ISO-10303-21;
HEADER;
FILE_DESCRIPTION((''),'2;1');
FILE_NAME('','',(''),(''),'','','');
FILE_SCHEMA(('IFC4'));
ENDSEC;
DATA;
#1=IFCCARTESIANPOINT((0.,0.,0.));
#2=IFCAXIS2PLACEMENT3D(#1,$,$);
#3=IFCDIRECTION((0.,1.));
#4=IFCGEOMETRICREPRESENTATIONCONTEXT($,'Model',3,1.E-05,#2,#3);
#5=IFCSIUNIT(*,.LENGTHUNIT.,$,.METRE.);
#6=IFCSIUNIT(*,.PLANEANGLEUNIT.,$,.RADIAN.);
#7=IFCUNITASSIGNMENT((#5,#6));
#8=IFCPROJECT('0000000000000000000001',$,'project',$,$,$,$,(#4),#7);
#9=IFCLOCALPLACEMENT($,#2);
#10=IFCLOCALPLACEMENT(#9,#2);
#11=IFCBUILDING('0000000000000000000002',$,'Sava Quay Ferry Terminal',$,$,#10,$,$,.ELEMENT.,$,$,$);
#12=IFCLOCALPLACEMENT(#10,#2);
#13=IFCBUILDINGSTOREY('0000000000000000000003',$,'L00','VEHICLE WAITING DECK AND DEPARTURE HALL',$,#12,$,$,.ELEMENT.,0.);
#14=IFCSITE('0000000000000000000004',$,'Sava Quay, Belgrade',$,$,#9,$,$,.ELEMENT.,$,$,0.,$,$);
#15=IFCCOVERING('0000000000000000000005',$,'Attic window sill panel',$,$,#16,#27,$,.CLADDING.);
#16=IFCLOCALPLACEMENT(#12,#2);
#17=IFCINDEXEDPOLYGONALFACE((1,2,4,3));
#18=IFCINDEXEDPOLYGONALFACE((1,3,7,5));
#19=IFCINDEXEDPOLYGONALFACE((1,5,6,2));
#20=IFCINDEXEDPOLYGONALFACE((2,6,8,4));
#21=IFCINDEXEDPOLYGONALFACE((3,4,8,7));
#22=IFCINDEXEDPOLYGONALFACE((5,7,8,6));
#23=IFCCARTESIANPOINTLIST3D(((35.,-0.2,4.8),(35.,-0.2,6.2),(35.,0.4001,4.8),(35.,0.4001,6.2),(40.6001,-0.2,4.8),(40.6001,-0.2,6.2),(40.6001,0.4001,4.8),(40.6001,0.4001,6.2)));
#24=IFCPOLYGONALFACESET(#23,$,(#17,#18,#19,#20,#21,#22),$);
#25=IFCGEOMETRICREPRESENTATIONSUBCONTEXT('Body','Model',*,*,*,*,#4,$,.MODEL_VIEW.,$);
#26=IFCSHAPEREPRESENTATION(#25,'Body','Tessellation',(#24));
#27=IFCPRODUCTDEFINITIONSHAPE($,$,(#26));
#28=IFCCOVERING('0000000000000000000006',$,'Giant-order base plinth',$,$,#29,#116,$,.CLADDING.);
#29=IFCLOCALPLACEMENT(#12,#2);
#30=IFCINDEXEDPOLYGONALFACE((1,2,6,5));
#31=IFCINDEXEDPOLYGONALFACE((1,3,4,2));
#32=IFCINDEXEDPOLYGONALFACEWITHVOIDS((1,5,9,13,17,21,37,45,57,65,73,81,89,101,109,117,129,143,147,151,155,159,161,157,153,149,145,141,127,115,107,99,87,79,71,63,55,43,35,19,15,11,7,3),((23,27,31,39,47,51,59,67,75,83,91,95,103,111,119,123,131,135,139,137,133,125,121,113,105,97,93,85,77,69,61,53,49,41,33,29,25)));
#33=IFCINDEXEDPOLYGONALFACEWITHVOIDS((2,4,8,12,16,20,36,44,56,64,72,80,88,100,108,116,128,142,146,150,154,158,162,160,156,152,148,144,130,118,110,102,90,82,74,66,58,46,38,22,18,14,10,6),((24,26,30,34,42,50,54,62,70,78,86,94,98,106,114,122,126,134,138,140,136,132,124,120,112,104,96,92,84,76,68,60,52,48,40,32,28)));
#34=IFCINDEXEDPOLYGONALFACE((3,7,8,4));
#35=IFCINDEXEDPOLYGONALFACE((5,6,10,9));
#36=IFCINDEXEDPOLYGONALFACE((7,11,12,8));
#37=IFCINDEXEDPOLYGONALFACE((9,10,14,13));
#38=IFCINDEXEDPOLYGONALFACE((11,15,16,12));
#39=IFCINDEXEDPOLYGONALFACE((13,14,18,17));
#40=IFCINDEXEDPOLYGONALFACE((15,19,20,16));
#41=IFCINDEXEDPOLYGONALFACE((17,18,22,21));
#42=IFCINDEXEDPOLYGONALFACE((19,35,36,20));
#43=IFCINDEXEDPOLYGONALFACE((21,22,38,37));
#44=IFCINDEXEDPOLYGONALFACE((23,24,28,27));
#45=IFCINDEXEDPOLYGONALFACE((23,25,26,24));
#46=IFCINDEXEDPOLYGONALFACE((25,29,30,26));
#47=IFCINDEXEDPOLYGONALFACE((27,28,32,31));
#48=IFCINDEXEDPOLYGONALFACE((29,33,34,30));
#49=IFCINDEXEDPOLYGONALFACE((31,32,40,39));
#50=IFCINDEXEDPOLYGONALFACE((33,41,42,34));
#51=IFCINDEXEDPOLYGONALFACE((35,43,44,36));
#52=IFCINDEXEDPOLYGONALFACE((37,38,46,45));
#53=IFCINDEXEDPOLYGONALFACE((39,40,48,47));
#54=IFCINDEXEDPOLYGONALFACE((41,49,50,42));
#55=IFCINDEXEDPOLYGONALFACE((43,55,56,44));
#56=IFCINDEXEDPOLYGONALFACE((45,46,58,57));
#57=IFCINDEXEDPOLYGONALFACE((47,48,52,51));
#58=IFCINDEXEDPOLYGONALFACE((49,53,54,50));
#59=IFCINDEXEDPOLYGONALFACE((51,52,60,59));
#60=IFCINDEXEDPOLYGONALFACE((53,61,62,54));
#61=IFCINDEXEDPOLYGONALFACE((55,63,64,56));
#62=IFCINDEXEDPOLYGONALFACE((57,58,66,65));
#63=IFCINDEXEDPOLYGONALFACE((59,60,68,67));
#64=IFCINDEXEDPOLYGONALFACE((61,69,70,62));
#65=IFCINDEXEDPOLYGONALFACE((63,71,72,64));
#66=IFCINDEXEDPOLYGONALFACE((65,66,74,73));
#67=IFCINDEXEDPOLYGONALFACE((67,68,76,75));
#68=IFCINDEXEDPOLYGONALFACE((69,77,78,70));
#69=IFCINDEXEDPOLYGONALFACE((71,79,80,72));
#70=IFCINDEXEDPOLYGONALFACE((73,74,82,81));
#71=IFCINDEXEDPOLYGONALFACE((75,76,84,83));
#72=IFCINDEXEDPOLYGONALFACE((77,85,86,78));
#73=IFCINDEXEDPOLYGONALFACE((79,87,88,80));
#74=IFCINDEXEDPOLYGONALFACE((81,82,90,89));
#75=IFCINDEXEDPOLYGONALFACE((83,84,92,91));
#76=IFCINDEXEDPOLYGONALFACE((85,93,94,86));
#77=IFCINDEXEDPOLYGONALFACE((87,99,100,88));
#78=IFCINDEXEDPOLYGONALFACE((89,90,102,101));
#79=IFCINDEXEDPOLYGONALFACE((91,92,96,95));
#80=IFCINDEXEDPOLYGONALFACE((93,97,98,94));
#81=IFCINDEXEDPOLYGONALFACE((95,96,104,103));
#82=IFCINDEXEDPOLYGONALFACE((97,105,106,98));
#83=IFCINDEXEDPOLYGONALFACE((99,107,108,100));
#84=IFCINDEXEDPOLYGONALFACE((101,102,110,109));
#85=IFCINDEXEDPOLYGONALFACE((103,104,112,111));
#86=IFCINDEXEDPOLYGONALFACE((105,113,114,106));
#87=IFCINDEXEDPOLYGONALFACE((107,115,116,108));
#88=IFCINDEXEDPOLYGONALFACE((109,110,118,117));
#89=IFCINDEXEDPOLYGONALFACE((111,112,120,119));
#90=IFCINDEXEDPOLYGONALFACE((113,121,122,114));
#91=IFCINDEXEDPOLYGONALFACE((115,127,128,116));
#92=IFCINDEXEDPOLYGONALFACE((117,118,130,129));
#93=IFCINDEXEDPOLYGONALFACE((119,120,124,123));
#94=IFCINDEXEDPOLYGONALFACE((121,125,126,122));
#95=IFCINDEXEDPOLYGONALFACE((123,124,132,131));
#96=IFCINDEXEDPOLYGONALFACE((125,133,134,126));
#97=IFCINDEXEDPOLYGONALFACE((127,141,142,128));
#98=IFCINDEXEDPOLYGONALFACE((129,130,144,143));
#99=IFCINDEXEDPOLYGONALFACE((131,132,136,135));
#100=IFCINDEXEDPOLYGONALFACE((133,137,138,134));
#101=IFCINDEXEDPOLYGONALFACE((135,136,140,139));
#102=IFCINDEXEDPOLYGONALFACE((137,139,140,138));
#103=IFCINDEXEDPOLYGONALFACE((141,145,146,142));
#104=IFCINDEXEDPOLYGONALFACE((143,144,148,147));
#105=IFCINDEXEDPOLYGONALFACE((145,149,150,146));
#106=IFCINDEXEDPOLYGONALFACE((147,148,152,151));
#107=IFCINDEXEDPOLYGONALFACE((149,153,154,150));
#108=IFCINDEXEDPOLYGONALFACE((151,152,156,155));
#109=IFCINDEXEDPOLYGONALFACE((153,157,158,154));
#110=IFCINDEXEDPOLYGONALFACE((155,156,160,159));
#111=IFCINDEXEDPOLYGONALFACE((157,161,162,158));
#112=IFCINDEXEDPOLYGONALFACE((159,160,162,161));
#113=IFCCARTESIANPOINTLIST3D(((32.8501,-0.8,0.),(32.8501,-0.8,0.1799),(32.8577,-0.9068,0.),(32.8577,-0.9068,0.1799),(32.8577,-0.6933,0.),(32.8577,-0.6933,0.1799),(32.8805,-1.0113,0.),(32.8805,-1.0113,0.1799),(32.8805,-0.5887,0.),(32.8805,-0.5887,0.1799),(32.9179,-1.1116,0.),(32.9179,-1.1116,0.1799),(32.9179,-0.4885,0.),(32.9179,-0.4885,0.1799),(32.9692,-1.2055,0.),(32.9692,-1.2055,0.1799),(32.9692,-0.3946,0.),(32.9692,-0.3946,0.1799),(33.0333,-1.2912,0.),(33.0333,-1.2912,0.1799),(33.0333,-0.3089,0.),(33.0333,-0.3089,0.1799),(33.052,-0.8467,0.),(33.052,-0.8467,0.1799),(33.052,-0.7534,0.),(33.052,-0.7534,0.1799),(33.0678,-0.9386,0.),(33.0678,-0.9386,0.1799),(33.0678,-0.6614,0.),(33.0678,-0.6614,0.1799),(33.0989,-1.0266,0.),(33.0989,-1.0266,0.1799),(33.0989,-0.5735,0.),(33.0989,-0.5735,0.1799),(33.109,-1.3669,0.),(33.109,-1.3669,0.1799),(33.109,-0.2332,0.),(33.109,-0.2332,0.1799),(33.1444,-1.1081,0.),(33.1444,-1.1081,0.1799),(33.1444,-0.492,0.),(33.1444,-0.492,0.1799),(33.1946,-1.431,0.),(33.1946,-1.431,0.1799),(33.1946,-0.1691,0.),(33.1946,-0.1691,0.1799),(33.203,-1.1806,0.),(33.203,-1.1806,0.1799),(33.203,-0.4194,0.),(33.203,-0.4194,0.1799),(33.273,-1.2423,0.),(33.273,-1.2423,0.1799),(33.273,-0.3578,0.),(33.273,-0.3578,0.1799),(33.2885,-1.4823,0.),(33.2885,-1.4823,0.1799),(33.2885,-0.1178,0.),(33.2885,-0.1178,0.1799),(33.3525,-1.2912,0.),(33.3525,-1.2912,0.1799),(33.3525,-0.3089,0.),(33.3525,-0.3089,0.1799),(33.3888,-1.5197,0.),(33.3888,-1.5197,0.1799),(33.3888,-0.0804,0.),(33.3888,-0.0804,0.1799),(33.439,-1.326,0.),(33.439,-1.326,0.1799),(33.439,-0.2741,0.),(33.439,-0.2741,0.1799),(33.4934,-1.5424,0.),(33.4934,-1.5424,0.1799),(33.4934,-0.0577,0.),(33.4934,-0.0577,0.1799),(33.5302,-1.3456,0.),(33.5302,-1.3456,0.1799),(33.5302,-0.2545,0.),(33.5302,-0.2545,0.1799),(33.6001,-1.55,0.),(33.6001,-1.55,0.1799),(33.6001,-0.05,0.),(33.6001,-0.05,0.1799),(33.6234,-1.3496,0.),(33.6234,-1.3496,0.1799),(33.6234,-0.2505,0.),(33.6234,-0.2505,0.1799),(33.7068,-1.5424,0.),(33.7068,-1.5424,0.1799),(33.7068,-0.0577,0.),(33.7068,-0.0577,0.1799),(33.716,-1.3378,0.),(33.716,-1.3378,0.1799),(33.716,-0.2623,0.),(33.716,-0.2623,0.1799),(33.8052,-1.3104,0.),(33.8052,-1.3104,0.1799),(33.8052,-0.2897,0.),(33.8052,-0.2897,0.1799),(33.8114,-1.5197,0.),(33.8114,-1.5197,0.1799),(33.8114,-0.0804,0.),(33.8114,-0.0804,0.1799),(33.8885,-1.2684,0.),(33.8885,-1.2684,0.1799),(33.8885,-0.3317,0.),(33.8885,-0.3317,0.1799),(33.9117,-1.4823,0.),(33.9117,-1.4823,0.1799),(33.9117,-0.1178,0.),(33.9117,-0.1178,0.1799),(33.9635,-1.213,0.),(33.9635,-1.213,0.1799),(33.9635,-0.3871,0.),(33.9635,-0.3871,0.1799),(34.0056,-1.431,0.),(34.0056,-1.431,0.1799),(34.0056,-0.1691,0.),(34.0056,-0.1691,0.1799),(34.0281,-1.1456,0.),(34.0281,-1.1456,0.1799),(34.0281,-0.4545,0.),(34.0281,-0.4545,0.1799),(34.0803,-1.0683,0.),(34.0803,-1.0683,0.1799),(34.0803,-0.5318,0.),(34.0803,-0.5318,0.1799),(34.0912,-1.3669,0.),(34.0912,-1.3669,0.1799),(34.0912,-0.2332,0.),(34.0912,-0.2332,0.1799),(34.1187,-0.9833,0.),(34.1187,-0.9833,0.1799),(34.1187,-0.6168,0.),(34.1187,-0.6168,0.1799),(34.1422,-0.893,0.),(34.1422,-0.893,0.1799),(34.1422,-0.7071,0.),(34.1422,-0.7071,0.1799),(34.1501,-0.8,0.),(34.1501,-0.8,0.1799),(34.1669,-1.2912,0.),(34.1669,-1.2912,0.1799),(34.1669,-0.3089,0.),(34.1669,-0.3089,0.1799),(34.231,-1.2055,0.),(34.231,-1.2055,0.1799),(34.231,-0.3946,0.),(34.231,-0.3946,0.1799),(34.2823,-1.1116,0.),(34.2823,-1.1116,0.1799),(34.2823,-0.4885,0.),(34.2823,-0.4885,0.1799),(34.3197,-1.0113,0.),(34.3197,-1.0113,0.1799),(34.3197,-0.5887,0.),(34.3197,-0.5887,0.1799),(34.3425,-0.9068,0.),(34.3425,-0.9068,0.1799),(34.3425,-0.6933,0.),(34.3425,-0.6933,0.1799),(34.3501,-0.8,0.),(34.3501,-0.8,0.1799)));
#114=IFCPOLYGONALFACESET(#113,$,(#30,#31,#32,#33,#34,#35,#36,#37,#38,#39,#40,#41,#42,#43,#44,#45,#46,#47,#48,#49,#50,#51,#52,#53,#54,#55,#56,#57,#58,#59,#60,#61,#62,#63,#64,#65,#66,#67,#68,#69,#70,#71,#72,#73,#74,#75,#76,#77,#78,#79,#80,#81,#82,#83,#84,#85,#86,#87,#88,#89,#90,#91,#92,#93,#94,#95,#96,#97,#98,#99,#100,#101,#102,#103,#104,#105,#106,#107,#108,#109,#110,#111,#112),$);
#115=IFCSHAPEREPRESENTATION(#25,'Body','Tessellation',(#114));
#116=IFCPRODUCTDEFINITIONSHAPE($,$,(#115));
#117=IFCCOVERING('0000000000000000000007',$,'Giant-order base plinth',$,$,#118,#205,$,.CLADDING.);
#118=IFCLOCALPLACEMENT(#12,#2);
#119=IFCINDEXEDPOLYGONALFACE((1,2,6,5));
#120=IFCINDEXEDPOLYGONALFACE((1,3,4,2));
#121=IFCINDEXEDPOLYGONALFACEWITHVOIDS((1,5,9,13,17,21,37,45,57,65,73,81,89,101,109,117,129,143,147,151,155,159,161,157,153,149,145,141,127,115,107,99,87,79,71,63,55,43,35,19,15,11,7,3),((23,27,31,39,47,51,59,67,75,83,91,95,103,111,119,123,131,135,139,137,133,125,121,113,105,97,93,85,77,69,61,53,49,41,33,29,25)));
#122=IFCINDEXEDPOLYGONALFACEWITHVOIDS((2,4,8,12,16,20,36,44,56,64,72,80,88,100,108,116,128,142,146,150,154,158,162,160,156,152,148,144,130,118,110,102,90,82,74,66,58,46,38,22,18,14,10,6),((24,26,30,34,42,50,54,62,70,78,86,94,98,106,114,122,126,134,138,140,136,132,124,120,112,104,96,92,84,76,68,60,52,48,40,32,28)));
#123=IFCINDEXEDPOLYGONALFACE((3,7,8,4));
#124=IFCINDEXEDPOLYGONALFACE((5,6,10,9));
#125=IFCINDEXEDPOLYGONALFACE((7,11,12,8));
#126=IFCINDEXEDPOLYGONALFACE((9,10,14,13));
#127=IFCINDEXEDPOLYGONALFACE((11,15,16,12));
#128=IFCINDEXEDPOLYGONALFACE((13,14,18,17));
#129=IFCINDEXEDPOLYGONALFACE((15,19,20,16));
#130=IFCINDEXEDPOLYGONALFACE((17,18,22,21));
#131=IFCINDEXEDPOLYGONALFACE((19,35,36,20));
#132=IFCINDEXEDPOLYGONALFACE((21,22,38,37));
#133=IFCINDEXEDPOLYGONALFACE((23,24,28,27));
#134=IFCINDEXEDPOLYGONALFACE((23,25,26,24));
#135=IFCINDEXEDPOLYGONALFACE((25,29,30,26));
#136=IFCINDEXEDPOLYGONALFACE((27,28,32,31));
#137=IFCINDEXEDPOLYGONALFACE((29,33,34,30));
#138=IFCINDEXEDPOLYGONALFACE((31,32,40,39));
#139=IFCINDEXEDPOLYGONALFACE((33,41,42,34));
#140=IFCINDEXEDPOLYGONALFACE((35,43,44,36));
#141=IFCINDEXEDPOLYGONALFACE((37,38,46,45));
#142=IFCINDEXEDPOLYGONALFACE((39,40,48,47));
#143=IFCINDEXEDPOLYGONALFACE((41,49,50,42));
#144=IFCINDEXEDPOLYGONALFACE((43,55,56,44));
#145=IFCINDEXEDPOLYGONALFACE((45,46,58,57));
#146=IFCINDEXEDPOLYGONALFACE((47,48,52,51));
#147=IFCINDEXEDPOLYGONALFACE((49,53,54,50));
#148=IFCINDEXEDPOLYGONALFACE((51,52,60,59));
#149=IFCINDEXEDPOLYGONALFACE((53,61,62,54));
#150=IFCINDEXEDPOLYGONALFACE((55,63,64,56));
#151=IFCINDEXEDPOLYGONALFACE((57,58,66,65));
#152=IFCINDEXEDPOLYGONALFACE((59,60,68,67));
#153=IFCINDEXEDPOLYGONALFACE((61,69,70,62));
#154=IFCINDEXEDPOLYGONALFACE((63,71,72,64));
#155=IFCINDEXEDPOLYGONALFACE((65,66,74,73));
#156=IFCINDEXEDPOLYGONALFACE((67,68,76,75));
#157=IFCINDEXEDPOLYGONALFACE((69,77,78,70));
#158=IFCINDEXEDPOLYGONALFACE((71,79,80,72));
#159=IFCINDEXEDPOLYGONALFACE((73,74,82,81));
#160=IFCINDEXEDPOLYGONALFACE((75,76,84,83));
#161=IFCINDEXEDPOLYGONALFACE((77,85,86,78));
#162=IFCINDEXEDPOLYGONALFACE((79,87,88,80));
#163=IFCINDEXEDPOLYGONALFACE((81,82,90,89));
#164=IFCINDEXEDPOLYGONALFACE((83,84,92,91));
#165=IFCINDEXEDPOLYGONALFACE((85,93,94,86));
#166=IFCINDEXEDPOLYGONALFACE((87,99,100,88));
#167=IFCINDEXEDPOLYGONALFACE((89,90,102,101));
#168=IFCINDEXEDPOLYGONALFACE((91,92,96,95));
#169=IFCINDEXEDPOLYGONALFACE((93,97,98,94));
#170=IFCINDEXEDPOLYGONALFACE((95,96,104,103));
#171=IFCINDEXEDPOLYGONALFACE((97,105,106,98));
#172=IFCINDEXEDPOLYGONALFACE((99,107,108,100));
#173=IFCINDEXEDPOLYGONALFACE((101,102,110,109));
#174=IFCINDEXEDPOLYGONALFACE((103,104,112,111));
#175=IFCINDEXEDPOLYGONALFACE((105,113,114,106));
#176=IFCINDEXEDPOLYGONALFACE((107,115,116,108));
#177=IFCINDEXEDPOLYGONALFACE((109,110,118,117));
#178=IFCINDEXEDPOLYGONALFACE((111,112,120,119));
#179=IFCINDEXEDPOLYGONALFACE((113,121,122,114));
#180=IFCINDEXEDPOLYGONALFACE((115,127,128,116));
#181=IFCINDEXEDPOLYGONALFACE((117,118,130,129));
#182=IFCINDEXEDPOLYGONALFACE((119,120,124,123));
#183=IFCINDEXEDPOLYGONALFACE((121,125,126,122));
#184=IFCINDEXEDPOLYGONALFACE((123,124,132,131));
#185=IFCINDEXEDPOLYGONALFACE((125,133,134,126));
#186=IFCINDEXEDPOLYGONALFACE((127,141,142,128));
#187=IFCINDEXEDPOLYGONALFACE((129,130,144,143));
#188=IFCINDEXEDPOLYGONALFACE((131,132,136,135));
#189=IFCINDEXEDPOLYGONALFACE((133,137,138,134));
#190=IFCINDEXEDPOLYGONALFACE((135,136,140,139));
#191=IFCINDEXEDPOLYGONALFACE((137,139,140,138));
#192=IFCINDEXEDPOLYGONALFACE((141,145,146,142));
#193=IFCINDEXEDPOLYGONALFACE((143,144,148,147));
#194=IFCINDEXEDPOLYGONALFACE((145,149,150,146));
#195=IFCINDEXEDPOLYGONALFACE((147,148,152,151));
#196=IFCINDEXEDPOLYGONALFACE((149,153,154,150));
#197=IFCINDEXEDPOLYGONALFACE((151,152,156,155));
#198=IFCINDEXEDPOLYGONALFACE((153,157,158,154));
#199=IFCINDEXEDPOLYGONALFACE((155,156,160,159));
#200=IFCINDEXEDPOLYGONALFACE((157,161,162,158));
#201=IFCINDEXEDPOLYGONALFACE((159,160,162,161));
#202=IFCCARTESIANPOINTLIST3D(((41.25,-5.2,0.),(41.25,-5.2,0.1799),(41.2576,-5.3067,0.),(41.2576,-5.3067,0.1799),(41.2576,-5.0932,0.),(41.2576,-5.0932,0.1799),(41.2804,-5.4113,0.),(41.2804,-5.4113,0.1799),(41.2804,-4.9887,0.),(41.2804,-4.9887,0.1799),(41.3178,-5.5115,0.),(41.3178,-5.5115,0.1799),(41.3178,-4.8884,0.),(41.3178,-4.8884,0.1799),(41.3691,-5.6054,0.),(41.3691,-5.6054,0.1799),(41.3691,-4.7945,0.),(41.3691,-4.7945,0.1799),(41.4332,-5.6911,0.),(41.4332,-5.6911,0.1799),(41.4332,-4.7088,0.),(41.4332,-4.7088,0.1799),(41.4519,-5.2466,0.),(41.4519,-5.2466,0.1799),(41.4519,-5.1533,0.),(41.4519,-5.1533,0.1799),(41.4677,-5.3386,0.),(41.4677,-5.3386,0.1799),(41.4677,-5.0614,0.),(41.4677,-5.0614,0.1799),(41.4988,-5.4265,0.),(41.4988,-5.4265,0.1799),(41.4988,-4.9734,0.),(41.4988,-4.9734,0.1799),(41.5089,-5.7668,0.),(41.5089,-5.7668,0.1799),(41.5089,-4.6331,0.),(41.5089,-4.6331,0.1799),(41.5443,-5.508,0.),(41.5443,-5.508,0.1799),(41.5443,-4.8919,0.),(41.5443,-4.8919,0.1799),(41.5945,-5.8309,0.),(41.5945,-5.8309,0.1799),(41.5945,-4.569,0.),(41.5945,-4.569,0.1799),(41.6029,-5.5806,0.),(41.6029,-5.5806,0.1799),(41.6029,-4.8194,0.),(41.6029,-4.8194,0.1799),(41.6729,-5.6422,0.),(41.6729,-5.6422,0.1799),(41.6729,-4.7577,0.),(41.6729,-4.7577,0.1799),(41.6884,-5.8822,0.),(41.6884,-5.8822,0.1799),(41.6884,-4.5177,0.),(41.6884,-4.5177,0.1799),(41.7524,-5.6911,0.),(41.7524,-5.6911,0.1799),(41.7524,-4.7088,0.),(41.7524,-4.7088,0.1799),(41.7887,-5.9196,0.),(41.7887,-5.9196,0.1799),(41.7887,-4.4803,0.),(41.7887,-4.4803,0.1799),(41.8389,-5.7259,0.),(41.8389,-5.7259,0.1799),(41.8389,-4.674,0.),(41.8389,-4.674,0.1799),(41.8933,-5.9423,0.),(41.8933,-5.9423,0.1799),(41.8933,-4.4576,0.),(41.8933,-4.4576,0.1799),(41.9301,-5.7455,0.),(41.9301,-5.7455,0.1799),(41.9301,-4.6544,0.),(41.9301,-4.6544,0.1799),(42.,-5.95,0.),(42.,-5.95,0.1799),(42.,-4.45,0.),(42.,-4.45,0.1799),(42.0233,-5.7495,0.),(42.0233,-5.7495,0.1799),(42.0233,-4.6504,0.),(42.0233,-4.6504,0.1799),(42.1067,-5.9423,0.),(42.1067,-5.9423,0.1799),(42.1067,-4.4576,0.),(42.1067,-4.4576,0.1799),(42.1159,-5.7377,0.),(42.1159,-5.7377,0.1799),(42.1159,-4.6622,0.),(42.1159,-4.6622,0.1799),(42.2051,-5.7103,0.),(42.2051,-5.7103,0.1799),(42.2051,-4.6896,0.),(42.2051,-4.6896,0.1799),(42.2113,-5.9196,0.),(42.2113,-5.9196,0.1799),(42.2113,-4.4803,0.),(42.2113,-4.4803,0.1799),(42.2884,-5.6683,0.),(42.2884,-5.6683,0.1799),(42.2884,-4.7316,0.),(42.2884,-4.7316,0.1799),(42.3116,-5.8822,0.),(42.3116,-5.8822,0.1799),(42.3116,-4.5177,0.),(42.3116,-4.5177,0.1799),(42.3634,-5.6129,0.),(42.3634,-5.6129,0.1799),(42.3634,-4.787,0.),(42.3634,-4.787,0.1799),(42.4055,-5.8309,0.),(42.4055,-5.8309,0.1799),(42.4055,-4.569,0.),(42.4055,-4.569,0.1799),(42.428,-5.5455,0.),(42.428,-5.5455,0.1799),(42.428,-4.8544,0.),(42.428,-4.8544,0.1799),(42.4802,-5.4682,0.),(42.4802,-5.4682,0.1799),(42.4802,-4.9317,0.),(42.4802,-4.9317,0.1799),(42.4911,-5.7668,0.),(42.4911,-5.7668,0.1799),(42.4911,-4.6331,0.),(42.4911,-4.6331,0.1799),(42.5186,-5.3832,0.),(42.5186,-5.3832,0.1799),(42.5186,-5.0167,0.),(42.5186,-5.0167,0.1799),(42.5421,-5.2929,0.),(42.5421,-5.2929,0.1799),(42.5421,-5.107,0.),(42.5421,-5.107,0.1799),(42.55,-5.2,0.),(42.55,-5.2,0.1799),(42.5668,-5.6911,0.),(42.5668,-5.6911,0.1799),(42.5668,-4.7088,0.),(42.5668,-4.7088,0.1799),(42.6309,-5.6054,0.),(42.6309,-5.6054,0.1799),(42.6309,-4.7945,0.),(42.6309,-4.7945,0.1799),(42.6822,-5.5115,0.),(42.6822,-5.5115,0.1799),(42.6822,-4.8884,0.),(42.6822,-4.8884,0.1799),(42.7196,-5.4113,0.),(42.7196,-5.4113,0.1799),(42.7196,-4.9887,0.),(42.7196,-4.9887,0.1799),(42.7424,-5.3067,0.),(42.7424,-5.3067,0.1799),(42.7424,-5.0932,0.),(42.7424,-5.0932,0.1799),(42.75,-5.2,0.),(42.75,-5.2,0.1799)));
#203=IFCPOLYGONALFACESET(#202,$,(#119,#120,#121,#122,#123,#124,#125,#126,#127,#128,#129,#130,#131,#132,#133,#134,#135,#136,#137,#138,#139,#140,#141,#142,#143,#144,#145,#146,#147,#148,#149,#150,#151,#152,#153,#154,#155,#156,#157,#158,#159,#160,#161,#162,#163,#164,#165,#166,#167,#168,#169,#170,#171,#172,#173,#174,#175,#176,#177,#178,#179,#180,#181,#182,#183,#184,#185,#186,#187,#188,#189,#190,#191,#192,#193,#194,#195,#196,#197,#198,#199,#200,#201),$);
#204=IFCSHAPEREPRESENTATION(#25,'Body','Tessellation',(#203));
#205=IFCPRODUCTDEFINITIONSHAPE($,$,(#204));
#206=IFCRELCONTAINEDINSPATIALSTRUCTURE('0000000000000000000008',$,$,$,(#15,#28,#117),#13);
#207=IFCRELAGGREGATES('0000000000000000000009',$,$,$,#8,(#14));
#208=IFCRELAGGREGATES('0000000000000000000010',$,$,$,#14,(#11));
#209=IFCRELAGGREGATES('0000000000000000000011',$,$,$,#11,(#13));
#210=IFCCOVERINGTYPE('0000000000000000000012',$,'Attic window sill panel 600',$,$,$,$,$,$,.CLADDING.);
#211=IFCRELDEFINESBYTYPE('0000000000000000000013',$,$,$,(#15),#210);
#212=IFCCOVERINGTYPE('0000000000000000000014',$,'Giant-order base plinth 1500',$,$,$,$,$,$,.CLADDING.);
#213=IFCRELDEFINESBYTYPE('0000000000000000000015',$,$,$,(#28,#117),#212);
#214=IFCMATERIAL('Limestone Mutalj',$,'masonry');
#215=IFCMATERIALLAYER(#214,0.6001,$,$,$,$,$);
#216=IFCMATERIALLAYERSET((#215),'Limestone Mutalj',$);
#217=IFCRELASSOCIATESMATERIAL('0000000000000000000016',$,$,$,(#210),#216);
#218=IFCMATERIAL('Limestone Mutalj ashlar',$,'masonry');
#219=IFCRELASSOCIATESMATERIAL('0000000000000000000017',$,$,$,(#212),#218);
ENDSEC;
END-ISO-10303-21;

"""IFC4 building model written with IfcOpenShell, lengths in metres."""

from ifc_helpers import new_model, si_unit, direction, frame, origin, origin_2d, place, context, subcontext, project, spatial, polyline, hollow_circle, outline, extrude, material, layer, layer_set, material_profile, profile_set, type_object, element, save


model = new_model("IFC4")

# Units and contexts
model_context = context("Model", 3, precision=1e-05, world=origin(), true_north=direction((0.0, 1.0)))
body_context = subcontext(model_context, "Body", "Model", "MODEL_VIEW")
ifc_project = project(units=[si_unit("LENGTHUNIT", "METRE"), si_unit("PLANEANGLEUNIT", "RADIAN")], contexts=[model_context])

# Site, building, storey
site_placement = place(None, origin())
site = spatial("IfcSite", under=ifc_project, at=site_placement, Name="Sava Quay, Belgrade", CompositionType="ELEMENT", RefElevation=0.0)
building_placement = place(site_placement, origin())
building = spatial("IfcBuilding", under=site, at=building_placement, Name="Sava Quay Ferry Terminal", CompositionType="ELEMENT")
storey_placement = place(building_placement, origin())
storey = spatial("IfcBuildingStorey", under=building, at=storey_placement, Name="L00", Description="VEHICLE WAITING DECK AND DEPARTURE HALL", CompositionType="ELEMENT", Elevation=0.0)

# Coverings
ifc_material_1 = material(Name="Limestone Mutalj", Category="masonry")
ifc_layer_1 = layer(ifc_material_1, 0.6001)
ifc_layer_set_1 = layer_set([ifc_layer_1], Name="Limestone Mutalj")
covering_type_1 = type_object("IfcCoveringType", Name="Attic window sill panel 600", PredefinedType="CLADDING", material=ifc_layer_set_1)
covering_1_placement = place(storey_placement, frame((35.0, -0.2, 4.8), z_axis=(0.0, -1.0, 0.0), x_axis=(1.0, 0.0, 0.0)))
element("IfcCovering", 1, at=covering_1_placement, inside=storey, type_object=covering_type_1, Name="Attic window sill panel", PredefinedType="CLADDING", context=body_context, shape_type="SweptSolid", body=[
    extrude(outline(polyline([(0.0, 0.0), (5.6001, 0.0), (5.6001, 1.3999), (0.0, 1.3999), (0.0, 0.0)])), origin(), (0.0, 0.0, -1.0), 0.6001),
])
ifc_material_2 = material(Name="Limestone Mutalj ashlar", Category="masonry")
ifc_material_profile_1 = material_profile(ifc_material_2, hollow_circle(Radius=0.75, WallThickness=0.2, at=origin_2d()), Name="Base plinth 1500")
ifc_profile_set_1 = profile_set([ifc_material_profile_1], Name="Limestone Mutalj ashlar")
covering_type_2 = type_object("IfcCoveringType", Name="Giant-order base plinth 1500", PredefinedType="CLADDING", material=ifc_profile_set_1)
for number, where, z_axis, x_axis, name in (
    (2, (33.6001, -0.8, 0.0), (0.0, 0.0, 1.0), (1.0, 0.0, 0.0), "Giant-order base plinth"),
    (3, (42.0, -5.2, 0.0), (0.0, 0.0, 1.0), (1.0, 0.0, 0.0), "Giant-order base plinth"),
):
    element("IfcCovering", number, at=place(storey_placement, frame(where, z_axis=z_axis, x_axis=x_axis)), inside=storey, type_object=covering_type_2, Name=name, PredefinedType="CLADDING", context=body_context, shape_type="SweptSolid", body=[
        extrude(hollow_circle(Radius=0.75, WallThickness=0.2, at=origin_2d()), origin(), (0.0, 0.0, 1.0), 0.1799),
    ])

save(model, "model.ifc")
